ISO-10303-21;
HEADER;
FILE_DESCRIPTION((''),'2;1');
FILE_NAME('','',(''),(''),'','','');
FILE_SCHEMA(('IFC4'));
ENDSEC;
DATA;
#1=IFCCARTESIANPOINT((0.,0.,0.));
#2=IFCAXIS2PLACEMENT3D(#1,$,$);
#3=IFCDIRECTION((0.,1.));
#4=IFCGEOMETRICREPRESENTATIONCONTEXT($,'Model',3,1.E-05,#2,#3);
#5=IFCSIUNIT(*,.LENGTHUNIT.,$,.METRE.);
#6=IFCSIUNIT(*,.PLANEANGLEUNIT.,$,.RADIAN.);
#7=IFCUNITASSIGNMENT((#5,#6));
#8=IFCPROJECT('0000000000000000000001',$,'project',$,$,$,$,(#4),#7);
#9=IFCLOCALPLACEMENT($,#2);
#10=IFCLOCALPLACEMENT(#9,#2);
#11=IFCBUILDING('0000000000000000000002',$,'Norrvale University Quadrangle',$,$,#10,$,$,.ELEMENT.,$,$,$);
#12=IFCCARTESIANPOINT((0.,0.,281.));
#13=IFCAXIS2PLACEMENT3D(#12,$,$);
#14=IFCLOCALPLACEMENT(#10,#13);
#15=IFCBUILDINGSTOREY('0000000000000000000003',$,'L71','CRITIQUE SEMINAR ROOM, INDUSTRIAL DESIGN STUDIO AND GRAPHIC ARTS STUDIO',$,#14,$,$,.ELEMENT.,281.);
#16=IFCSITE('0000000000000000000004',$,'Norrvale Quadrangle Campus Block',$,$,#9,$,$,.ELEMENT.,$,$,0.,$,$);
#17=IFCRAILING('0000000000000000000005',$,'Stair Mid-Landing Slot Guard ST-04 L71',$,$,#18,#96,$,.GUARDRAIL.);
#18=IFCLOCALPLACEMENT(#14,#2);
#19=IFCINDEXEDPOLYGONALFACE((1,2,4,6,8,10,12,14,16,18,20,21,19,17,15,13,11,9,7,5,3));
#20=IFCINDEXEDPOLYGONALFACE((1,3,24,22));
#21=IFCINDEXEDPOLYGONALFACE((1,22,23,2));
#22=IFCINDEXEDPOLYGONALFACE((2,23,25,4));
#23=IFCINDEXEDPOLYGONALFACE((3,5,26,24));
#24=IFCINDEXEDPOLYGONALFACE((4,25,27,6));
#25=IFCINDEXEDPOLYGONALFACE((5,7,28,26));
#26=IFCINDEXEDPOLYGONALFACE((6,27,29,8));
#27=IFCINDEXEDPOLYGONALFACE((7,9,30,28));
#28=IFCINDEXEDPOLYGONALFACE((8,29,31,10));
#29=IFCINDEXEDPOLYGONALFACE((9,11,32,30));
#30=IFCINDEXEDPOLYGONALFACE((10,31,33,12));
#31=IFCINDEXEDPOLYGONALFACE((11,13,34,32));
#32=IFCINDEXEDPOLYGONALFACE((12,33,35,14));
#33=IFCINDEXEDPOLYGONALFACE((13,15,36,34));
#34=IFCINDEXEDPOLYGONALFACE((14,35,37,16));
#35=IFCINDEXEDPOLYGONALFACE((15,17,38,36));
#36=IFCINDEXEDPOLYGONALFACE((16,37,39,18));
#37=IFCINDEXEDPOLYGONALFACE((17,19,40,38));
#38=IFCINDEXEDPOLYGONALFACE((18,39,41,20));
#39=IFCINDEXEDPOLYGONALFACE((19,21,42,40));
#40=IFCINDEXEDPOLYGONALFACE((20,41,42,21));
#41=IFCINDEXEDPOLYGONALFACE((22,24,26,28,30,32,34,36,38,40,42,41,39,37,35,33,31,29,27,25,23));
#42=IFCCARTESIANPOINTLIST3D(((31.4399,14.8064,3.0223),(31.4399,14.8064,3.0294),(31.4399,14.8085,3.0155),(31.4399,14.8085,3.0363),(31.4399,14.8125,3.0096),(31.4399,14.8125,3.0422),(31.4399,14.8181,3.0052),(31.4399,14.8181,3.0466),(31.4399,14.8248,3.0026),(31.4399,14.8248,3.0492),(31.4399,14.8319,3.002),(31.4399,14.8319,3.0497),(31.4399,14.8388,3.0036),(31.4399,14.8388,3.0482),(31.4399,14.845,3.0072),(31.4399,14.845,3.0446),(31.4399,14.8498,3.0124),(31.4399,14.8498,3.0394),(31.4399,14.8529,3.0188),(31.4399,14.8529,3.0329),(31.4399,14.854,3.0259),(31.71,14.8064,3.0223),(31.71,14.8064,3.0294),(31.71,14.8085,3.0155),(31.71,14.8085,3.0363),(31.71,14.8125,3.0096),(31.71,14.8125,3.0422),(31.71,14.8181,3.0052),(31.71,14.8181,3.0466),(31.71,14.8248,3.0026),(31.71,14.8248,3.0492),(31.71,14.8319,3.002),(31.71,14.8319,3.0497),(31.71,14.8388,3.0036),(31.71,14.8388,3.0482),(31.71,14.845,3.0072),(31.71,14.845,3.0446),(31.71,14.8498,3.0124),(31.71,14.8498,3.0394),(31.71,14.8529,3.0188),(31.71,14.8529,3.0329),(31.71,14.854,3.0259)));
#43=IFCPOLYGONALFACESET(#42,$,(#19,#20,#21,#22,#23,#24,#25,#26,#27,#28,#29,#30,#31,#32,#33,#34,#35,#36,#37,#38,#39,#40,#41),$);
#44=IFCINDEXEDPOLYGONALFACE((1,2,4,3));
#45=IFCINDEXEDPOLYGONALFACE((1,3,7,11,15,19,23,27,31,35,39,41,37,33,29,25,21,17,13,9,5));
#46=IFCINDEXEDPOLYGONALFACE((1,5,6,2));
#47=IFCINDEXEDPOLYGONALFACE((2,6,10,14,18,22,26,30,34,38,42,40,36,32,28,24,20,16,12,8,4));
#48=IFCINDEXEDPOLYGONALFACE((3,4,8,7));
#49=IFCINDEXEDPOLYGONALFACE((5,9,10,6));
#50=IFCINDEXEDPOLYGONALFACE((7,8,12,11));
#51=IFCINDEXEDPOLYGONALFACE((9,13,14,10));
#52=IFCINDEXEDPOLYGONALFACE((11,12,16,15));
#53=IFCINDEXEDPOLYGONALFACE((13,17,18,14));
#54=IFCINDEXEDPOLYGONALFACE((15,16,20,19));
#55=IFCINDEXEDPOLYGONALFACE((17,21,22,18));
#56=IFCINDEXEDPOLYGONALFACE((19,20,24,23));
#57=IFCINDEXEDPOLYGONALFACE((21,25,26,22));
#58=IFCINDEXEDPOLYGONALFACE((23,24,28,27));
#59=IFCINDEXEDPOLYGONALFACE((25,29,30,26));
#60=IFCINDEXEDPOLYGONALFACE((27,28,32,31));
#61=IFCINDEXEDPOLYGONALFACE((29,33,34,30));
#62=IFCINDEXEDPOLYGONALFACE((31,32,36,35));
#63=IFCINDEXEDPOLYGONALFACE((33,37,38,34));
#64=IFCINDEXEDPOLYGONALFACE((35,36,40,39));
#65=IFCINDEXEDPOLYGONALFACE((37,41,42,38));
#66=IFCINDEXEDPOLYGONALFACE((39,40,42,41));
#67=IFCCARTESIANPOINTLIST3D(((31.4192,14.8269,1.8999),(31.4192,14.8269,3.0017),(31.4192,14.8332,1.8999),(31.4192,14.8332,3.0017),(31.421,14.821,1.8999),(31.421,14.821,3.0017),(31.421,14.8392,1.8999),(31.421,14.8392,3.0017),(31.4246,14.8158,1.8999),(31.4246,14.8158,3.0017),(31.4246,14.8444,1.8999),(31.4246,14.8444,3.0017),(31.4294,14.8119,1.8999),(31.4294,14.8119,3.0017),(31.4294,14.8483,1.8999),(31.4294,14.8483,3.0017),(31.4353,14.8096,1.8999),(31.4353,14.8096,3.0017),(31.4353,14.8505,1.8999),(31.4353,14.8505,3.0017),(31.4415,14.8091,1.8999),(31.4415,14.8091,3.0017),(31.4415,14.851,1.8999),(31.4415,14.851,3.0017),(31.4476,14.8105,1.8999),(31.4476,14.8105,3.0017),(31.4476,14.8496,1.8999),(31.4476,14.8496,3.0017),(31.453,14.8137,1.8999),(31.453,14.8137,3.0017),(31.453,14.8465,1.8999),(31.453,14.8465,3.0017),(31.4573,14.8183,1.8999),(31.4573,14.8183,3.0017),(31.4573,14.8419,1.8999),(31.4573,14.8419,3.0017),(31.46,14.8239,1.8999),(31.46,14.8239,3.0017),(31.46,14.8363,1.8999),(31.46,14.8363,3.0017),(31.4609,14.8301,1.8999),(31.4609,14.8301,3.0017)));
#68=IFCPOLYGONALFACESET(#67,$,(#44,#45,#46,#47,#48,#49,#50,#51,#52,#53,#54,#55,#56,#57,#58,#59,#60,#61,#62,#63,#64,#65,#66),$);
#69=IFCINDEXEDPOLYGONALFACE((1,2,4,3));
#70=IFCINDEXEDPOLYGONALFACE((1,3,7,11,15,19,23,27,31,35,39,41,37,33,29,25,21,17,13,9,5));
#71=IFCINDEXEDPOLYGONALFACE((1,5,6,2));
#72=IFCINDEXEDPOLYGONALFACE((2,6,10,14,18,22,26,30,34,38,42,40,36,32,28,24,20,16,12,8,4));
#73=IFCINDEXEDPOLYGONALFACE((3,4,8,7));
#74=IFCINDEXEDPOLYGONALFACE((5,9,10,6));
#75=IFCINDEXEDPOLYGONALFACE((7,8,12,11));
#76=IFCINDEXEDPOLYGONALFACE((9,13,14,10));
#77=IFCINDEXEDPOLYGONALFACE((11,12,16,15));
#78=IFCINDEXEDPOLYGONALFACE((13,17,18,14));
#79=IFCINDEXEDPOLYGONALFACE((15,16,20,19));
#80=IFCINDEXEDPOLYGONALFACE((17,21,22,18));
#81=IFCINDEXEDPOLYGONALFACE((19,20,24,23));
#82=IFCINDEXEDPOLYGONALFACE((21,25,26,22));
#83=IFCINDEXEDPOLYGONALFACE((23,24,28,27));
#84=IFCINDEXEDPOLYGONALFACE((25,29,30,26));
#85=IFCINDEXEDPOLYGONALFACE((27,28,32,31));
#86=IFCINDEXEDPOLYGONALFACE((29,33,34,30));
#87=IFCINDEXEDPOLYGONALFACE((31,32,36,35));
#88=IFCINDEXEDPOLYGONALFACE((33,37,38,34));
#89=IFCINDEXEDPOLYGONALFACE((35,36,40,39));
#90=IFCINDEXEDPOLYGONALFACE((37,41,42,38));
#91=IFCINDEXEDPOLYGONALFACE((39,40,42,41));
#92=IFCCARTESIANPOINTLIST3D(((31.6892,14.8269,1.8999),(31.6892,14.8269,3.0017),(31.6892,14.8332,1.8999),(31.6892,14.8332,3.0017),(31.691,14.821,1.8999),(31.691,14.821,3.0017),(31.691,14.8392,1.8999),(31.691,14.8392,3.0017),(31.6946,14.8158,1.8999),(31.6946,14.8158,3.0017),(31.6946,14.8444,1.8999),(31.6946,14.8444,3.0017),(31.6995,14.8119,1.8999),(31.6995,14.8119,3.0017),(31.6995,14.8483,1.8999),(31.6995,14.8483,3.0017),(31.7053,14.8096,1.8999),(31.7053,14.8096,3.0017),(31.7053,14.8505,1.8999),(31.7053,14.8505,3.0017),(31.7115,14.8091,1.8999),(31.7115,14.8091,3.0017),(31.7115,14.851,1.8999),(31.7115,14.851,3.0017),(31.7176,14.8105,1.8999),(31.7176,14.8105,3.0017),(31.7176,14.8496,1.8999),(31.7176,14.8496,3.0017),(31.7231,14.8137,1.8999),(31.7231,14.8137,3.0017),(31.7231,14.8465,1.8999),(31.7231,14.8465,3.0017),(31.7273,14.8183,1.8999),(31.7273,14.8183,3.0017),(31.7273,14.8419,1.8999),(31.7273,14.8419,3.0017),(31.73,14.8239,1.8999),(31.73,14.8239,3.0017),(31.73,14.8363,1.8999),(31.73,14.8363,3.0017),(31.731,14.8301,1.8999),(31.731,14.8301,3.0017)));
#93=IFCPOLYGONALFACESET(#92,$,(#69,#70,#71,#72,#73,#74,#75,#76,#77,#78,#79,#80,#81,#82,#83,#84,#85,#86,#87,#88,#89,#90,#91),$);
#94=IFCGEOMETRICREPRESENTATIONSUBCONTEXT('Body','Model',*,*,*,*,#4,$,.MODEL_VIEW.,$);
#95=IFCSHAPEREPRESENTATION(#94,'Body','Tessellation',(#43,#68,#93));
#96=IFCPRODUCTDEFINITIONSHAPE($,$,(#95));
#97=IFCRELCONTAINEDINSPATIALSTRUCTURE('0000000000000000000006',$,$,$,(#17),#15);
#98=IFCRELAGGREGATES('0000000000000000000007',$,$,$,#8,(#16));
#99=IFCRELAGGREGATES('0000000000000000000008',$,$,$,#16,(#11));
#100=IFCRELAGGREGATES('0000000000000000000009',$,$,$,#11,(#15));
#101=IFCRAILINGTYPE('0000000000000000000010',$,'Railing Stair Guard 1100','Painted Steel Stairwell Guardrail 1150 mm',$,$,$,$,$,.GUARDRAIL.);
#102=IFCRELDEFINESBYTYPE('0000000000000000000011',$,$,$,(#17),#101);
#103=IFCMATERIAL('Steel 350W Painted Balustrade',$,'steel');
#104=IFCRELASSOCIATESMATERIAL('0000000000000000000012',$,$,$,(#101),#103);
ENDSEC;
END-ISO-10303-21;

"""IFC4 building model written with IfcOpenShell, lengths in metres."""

from ifc_helpers import new_model, si_unit, direction, frame, origin, origin_2d, place, context, subcontext, project, spatial, circle, extrude, material, type_object, element, save


model = new_model("IFC4")

# Units and contexts
model_context = context("Model", 3, precision=1e-05, world=origin(), true_north=direction((0.0, 1.0)))
body_context = subcontext(model_context, "Body", "Model", "MODEL_VIEW")
ifc_project = project(units=[si_unit("LENGTHUNIT", "METRE"), si_unit("PLANEANGLEUNIT", "RADIAN")], contexts=[model_context])

# Site, building, storey
site_placement = place(None, origin())
site = spatial("IfcSite", under=ifc_project, at=site_placement, Name="Norrvale Quadrangle Campus Block", CompositionType="ELEMENT", RefElevation=0.0)
building_placement = place(site_placement, origin())
building = spatial("IfcBuilding", under=site, at=building_placement, Name="Norrvale University Quadrangle", CompositionType="ELEMENT")
storey_placement = place(building_placement, frame((0.0, 0.0, 281.0)))
storey = spatial("IfcBuildingStorey", under=building, at=storey_placement, Name="L71", Description="CRITIQUE SEMINAR ROOM, INDUSTRIAL DESIGN STUDIO AND GRAPHIC ARTS STUDIO", CompositionType="ELEMENT", Elevation=281.0)

# Railing
ifc_material_1 = material(Name="Steel 350W Painted Balustrade", Category="steel")
railing_type_1 = type_object("IfcRailingType", Name="Railing Stair Guard 1100", Description="Painted Steel Stairwell Guardrail 1150 mm", PredefinedType="GUARDRAIL", material=ifc_material_1)
railing_1_placement = place(storey_placement, frame((31.4399, 14.8301, 1.8999)))
element("IfcRailing", 1, at=railing_1_placement, inside=storey, type_object=railing_type_1, Name="Stair Mid-Landing Slot Guard ST-04 L71", PredefinedType="GUARDRAIL", context=body_context, shape_type="SweptSolid", body=[
    extrude(circle(Radius=0.0239, at=origin_2d()), frame((0.0, 0.0, 1.126), z_axis=(1.0, 0.0, 0.0), x_axis=(0.0, 1.0, 0.0)), (0.0, 0.0, 1.0), 0.27),
    extrude(circle(Radius=0.021, at=origin_2d()), origin(), (0.0, 0.0, 1.0), 1.1018),
    extrude(circle(Radius=0.021, at=origin_2d()), frame((0.27, 0.0, 0.0)), (0.0, 0.0, 1.0), 1.1018),
])

save(model, "model.ifc")
